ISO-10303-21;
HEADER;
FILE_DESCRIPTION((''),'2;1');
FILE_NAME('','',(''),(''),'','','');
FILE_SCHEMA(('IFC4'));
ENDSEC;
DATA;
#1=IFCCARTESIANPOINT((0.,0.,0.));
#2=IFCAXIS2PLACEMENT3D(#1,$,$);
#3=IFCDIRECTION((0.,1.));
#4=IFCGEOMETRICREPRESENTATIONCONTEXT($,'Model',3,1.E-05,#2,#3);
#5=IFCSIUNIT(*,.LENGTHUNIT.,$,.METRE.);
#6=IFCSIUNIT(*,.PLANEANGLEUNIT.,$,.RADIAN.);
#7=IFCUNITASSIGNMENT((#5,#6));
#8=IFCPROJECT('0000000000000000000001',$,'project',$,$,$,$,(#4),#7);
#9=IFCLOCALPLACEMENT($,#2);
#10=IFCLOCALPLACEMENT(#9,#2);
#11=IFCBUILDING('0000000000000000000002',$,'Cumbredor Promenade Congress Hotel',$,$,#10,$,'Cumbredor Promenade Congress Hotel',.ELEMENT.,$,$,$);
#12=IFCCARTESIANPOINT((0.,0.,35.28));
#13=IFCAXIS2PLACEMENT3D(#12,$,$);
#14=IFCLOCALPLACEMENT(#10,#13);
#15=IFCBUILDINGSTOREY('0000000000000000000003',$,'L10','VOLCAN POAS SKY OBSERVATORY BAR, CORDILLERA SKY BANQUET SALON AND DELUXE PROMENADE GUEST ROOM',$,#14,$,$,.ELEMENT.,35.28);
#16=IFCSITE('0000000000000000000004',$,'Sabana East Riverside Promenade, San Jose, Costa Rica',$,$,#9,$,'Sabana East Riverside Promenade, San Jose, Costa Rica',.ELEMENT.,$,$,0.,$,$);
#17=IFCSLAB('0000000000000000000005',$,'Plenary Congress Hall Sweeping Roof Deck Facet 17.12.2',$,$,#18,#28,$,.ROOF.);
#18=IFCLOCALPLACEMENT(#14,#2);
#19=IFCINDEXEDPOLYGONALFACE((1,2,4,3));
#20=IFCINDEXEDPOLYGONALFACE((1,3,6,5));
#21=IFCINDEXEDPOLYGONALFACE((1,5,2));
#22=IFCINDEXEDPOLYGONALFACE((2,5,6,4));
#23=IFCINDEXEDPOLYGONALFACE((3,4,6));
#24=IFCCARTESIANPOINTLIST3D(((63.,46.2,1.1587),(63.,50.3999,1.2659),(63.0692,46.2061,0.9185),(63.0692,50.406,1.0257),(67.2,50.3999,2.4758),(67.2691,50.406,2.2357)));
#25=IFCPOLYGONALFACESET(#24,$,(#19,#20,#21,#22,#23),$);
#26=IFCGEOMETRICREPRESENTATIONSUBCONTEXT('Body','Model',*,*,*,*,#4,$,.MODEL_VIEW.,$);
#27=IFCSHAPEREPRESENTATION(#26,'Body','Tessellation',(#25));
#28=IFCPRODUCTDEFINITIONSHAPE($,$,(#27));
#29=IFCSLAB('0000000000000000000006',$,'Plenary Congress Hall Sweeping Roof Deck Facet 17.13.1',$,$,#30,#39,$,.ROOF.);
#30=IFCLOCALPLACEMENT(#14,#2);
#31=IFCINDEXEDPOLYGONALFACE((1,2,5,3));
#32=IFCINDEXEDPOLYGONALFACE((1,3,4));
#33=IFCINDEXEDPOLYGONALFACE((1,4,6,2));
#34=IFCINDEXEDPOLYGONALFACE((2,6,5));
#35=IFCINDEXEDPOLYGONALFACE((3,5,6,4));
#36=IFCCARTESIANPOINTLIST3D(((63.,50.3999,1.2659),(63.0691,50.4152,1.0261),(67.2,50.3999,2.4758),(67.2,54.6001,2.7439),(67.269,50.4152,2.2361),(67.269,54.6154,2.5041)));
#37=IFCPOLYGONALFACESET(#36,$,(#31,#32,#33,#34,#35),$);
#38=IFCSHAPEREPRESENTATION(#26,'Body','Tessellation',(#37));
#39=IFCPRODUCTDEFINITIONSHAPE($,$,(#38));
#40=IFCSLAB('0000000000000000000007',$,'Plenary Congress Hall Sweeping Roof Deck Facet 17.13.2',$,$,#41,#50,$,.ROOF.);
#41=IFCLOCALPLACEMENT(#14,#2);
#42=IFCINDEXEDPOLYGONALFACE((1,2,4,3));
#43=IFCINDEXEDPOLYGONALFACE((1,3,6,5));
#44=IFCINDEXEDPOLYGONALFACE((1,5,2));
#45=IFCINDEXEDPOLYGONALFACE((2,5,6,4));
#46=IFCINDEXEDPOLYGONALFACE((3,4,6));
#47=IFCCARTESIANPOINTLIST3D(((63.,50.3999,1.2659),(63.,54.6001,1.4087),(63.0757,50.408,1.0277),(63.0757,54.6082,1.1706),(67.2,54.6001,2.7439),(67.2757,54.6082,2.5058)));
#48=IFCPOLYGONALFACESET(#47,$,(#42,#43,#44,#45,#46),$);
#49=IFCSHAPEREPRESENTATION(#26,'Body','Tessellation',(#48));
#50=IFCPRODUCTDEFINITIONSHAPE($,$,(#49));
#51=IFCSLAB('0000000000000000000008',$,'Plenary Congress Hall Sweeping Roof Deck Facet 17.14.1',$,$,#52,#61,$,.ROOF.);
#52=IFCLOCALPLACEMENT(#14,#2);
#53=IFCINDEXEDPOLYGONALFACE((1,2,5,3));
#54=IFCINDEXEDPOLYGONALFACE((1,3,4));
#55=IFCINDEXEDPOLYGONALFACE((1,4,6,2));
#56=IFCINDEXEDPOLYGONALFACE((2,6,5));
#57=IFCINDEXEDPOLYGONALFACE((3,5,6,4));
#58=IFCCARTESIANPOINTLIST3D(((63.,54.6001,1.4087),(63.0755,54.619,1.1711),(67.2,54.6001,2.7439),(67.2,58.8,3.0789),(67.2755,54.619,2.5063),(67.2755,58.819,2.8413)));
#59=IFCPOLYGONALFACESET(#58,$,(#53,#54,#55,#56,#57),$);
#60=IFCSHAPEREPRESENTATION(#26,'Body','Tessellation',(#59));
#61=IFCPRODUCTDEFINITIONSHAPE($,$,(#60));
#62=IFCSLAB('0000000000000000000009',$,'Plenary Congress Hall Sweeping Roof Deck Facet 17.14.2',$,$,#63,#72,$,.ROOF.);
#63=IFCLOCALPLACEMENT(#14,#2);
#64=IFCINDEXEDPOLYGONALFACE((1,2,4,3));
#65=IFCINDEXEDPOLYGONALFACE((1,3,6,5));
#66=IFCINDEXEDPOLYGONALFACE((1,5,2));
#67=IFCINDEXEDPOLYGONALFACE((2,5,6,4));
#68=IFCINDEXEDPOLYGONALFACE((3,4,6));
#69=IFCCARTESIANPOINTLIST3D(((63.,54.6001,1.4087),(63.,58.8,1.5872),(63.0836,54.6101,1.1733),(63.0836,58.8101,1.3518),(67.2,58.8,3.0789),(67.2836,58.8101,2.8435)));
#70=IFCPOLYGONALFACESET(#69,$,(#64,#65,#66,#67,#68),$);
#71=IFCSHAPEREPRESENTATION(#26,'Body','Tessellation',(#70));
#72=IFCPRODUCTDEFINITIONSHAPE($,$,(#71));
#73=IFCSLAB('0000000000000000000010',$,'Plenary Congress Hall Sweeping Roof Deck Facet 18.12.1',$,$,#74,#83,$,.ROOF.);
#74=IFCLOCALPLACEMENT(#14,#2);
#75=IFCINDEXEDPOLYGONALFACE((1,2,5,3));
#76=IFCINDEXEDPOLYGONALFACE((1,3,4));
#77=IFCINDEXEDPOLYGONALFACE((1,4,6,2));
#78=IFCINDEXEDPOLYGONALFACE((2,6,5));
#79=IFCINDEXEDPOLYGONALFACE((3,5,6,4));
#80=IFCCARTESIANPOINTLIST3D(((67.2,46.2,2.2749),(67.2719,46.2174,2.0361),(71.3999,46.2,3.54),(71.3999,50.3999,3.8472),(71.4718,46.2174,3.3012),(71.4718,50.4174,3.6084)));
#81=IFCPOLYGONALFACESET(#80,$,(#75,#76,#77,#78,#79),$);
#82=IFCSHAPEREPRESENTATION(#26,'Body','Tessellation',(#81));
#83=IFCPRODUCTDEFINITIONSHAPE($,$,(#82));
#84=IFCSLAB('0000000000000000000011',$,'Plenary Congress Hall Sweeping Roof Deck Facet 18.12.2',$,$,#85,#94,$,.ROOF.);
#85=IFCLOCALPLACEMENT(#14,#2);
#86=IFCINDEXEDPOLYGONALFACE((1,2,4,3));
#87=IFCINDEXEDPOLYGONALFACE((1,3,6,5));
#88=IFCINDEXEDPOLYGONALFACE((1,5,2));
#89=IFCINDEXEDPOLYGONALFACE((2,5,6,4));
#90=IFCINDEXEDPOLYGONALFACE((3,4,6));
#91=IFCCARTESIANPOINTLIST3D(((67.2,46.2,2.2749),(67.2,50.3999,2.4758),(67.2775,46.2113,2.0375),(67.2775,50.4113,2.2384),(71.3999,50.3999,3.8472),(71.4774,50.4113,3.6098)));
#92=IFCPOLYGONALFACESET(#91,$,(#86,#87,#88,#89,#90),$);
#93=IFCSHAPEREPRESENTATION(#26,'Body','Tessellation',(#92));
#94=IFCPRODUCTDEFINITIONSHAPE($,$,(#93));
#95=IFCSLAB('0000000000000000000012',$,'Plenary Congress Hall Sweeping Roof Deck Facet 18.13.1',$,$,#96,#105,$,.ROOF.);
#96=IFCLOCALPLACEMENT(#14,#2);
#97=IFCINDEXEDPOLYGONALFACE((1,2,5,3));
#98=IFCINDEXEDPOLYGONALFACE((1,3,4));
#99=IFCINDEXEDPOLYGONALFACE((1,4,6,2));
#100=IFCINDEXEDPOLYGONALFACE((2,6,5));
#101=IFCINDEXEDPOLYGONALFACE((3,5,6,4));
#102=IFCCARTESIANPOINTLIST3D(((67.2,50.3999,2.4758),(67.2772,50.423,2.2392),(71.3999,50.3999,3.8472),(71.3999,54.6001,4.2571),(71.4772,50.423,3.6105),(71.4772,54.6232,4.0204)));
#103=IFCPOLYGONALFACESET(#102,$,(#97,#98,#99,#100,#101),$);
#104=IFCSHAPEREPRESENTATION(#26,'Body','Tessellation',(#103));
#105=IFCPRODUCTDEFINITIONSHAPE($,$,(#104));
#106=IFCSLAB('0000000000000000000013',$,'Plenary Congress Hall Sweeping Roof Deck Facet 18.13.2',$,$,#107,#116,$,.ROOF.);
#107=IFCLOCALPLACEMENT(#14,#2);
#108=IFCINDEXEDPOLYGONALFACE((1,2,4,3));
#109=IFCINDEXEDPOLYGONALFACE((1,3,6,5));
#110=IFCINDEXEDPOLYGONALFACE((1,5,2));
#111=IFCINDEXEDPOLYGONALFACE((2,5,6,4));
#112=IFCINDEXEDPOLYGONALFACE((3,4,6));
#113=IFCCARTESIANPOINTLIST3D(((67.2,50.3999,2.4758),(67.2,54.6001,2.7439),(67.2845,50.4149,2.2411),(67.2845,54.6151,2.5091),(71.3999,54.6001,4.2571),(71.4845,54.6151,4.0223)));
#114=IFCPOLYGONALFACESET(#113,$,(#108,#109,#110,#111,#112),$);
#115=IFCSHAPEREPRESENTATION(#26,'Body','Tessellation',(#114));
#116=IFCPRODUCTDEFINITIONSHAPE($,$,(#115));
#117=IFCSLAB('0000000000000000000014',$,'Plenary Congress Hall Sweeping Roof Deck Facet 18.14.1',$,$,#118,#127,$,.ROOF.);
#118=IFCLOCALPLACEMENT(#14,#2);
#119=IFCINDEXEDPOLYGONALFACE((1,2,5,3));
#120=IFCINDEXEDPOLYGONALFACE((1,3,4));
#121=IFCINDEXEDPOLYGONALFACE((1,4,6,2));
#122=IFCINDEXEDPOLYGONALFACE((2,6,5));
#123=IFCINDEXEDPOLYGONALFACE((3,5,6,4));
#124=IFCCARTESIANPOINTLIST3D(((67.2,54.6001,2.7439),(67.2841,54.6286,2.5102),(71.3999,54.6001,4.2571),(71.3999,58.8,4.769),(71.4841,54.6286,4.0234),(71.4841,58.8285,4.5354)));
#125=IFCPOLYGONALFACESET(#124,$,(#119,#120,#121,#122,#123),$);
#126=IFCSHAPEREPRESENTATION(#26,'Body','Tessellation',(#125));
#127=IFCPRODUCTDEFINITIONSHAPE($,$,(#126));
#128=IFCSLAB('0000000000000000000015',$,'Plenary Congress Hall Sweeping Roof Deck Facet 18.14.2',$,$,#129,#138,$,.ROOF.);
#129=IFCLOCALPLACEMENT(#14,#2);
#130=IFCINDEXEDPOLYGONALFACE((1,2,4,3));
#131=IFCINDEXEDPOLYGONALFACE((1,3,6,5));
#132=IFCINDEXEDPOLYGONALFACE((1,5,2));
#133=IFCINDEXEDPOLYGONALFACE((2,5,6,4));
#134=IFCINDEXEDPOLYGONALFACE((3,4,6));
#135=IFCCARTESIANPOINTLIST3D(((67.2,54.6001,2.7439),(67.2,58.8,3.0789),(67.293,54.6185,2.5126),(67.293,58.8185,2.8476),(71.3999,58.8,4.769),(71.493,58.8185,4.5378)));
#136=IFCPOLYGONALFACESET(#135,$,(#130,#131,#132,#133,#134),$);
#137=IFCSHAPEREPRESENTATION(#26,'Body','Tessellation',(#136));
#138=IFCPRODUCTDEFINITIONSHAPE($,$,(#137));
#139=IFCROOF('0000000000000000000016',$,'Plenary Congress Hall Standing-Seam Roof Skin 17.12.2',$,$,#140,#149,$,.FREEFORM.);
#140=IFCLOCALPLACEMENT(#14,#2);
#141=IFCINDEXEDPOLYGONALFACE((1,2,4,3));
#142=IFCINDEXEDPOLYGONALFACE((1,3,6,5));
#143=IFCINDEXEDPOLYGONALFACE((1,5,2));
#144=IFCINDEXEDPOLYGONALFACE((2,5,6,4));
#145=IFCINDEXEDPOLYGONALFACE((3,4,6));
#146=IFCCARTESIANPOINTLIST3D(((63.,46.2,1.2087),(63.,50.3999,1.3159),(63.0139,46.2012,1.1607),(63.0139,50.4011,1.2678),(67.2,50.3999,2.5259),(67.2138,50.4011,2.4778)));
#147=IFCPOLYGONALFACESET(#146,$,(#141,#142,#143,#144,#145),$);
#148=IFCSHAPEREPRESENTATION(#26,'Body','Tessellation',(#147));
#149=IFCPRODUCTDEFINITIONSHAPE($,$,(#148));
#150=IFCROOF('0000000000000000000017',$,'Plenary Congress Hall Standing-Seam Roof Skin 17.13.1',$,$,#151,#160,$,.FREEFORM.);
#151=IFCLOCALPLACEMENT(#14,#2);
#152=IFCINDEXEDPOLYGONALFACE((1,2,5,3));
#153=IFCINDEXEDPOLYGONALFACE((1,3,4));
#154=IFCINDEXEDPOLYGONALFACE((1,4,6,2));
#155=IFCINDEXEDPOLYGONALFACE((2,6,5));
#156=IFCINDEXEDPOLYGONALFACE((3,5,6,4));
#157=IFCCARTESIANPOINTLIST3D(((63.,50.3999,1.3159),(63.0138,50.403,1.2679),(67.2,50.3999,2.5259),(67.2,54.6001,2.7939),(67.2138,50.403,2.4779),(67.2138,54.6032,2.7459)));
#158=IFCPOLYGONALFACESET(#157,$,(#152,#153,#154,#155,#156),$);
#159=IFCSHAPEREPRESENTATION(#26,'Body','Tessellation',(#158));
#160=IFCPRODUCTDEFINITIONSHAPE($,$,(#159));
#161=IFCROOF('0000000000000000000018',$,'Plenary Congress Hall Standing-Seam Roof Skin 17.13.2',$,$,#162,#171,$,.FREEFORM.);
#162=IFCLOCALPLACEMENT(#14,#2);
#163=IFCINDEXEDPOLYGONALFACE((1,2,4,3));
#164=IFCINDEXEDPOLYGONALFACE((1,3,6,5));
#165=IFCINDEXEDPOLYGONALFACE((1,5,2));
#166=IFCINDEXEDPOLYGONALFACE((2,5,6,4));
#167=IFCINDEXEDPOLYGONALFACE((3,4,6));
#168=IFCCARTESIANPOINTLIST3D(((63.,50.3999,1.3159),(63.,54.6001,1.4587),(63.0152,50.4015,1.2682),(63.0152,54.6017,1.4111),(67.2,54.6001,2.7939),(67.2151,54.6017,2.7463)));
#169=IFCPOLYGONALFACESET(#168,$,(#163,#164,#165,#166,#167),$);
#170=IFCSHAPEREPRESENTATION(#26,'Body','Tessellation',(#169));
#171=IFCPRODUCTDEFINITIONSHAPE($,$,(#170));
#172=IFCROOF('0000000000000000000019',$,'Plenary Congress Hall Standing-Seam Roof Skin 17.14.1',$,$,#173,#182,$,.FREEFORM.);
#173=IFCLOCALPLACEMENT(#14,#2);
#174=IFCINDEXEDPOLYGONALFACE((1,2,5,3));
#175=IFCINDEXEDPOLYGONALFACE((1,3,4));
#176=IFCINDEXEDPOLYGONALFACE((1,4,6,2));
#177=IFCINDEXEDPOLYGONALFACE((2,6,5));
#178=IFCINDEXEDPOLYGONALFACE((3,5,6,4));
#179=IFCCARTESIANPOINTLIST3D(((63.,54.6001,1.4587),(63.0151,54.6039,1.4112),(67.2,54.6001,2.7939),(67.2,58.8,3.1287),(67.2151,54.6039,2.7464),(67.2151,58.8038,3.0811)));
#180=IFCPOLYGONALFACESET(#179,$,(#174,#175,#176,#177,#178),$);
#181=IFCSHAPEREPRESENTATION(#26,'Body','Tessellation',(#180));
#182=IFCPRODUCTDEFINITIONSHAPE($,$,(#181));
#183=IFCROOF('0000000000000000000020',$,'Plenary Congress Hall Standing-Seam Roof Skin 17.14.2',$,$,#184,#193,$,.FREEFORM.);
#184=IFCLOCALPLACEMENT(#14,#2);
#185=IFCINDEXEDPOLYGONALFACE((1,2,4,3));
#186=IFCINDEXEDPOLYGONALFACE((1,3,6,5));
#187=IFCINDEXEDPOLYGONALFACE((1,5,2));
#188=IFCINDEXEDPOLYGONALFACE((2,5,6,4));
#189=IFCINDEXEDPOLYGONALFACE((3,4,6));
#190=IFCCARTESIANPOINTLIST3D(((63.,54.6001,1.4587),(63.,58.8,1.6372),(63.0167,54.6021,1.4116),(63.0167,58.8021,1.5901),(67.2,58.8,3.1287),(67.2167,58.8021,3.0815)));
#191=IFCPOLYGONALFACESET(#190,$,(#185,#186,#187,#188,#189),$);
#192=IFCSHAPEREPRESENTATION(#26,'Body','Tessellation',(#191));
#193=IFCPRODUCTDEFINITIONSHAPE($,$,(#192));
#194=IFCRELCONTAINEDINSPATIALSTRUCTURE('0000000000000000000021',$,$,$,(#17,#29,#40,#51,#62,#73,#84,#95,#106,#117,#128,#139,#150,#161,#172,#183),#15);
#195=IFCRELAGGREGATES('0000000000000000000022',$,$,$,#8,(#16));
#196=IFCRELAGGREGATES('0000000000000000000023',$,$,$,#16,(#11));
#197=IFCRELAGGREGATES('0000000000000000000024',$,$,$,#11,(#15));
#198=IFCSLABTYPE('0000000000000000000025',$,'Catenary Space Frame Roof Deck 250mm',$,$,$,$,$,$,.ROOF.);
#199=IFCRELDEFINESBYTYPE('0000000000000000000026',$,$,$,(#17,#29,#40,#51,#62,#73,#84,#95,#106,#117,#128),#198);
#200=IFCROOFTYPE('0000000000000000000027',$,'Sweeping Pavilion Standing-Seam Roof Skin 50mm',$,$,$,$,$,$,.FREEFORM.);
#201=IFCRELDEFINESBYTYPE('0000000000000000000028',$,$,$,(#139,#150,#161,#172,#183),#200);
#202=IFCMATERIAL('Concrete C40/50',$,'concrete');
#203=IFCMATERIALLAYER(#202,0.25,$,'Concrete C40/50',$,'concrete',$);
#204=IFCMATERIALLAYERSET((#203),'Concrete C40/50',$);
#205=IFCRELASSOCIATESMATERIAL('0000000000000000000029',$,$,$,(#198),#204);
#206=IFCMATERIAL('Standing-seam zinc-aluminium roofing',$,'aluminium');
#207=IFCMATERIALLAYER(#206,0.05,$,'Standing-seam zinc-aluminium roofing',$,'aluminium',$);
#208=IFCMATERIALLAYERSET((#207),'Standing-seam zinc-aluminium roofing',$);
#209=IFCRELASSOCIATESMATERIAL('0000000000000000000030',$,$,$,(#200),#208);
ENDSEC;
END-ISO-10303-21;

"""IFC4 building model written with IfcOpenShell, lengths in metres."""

from ifc_helpers import new_model, si_unit, direction, frame, origin, place, context, subcontext, project, spatial, polyline, outline, extrude, material, layer, layer_set, type_object, element, save


model = new_model("IFC4")

# Units and contexts
model_context = context("Model", 3, precision=1e-05, world=origin(), true_north=direction((0.0, 1.0)))
body_context = subcontext(model_context, "Body", "Model", "MODEL_VIEW")
ifc_project = project(units=[si_unit("LENGTHUNIT", "METRE"), si_unit("PLANEANGLEUNIT", "RADIAN")], contexts=[model_context])

# Site, building, storey
site_placement = place(None, origin())
site = spatial("IfcSite", under=ifc_project, at=site_placement, Name="Sabana East Riverside Promenade, San Jose, Costa Rica", LongName="Sabana East Riverside Promenade, San Jose, Costa Rica", CompositionType="ELEMENT", RefElevation=0.0)
building_placement = place(site_placement, origin())
building = spatial("IfcBuilding", under=site, at=building_placement, Name="Cumbredor Promenade Congress Hotel", LongName="Cumbredor Promenade Congress Hotel", CompositionType="ELEMENT")
storey_placement = place(building_placement, frame((0.0, 0.0, 35.28)))
storey = spatial("IfcBuildingStorey", under=building, at=storey_placement, Name="L10", Description="VOLCAN POAS SKY OBSERVATORY BAR, CORDILLERA SKY BANQUET SALON AND DELUXE PROMENADE GUEST ROOM", CompositionType="ELEMENT", Elevation=35.28)

# Slabs
ifc_material_1 = material(Name="Concrete C40/50", Category="concrete")
ifc_layer_1 = layer(ifc_material_1, 0.25, Name="Concrete C40/50", Category="concrete")
ifc_layer_set_1 = layer_set([ifc_layer_1], Name="Concrete C40/50")
slab_type = type_object("IfcSlabType", Name="Catenary Space Frame Roof Deck 250mm", PredefinedType="ROOF", material=ifc_layer_set_1)
slab_1_placement = place(storey_placement, frame((63.0, 46.2, 1.1587), z_axis=(-0.276747, -0.024514, 0.96063), x_axis=(0.690337, 0.690337, 0.216495)))
element("IfcSlab", 1, at=slab_1_placement, inside=storey, type_object=slab_type, Name="Plenary Congress Hall Sweeping Roof Deck Facet 17.12.2", PredefinedType="ROOF", context=body_context, shape_type="SweptSolid", body=[
    extrude(outline(polyline([(0.0, 0.0), (6.0839, 0.0), (2.9226, 3.0182), (0.0, 0.0)])), origin(), (0.0, 0.0, -1.0), 0.25),
])
slab_2_placement = place(storey_placement, frame((63.0, 50.3999, 1.2659), z_axis=(-0.276311, -0.061213, 0.959117), x_axis=(0.960919, 0.0, 0.27683)))
element("IfcSlab", 2, at=slab_2_placement, inside=storey, type_object=slab_type, Name="Plenary Congress Hall Sweeping Roof Deck Facet 17.13.1", PredefinedType="ROOF", context=body_context, shape_type="SweptSolid", body=[
    extrude(outline(polyline([(0.0, 0.0), (4.3708, 0.0), (4.445, 4.2081), (0.0, 0.0)])), origin(), (0.0, 0.0, -1.0), 0.25),
])
slab_3_placement = place(storey_placement, frame((63.0, 50.3999, 1.2659), z_axis=(-0.302809, -0.032389, 0.952501), x_axis=(0.686162, 0.686202, 0.241471)))
element("IfcSlab", 3, at=slab_3_placement, inside=storey, type_object=slab_type, Name="Plenary Congress Hall Sweeping Roof Deck Facet 17.13.2", PredefinedType="ROOF", context=body_context, shape_type="SweptSolid", body=[
    extrude(outline(polyline([(0.0, 0.0), (6.1209, 0.0), (2.9167, 3.0257), (0.0, 0.0)])), origin(), (0.0, 0.0, -1.0), 0.25),
])
slab_4_placement = place(storey_placement, frame((63.0, 54.6001, 1.4087), z_axis=(-0.302097, -0.075787, 0.95026), x_axis=(0.953001, 0.0, 0.302968)))
element("IfcSlab", 4, at=slab_4_placement, inside=storey, type_object=slab_type, Name="Plenary Congress Hall Sweeping Roof Deck Facet 17.14.1", PredefinedType="ROOF", context=body_context, shape_type="SweptSolid", body=[
    extrude(outline(polyline([(0.0, 0.0), (4.4071, 0.0), (4.5086, 4.2121), (0.0, 0.0)])), origin(), (0.0, 0.0, -1.0), 0.25),
])
slab_5_placement = place(storey_placement, frame((63.0, 54.6001, 1.4087), z_axis=(-0.33442, -0.04001, 0.941575), x_axis=(0.680708, 0.680708, 0.270692)))
element("IfcSlab", 5, at=slab_5_placement, inside=storey, type_object=slab_type, Name="Plenary Congress Hall Sweeping Roof Deck Facet 17.14.2", PredefinedType="ROOF", context=body_context, shape_type="SweptSolid", body=[
    extrude(outline(polyline([(0.0, 0.0), (6.17, 0.0), (2.9072, 3.0363), (0.0, 0.0)])), origin(), (0.0, 0.0, -1.0), 0.25),
])
slab_6_placement = place(storey_placement, frame((67.2, 46.2, 2.2749), z_axis=(-0.287721, -0.069848, 0.955164), x_axis=(0.957502, 0.0, 0.288425)))
element("IfcSlab", 6, at=slab_6_placement, inside=storey, type_object=slab_type, Name="Plenary Congress Hall Sweeping Roof Deck Facet 18.12.1", PredefinedType="ROOF", context=body_context, shape_type="SweptSolid", body=[
    extrude(outline(polyline([(0.0, 0.0), (4.3864, 0.0), (4.4749, 4.2102), (0.0, 0.0)])), origin(), (0.0, 0.0, -1.0), 0.25),
])
slab_7_placement = place(storey_placement, frame((67.2, 46.2, 2.2749), z_axis=(-0.310066, -0.045431, 0.949629), x_axis=(0.683564, 0.683564, 0.255894)))
element("IfcSlab", 7, at=slab_7_placement, inside=storey, type_object=slab_type, Name="Plenary Congress Hall Sweeping Roof Deck Facet 18.12.2", PredefinedType="ROOF", context=body_context, shape_type="SweptSolid", body=[
    extrude(outline(polyline([(0.0, 0.0), (6.1442, 0.0), (2.9223, 3.0232), (0.0, 0.0)])), origin(), (0.0, 0.0, -1.0), 0.25),
])
slab_8_placement = place(storey_placement, frame((67.2, 50.3999, 2.4758), z_axis=(-0.309059, -0.092377, 0.946546), x_axis=(0.95061, 0.0, 0.310386)))
element("IfcSlab", 8, at=slab_8_placement, inside=storey, type_object=slab_type, Name="Plenary Congress Hall Sweeping Roof Deck Facet 18.13.1", PredefinedType="ROOF", context=body_context, shape_type="SweptSolid", body=[
    extrude(outline(polyline([(0.0, 0.0), (4.4182, 0.0), (4.5454, 4.2182), (0.0, 0.0)])), origin(), (0.0, 0.0, -1.0), 0.25),
])
slab_9_placement = place(storey_placement, frame((67.2, 50.3999, 2.4758), z_axis=(-0.338348, -0.059936, 0.93911), x_axis=(0.677287, 0.677327, 0.287246)))
element("IfcSlab", 9, at=slab_9_placement, inside=storey, type_object=slab_type, Name="Plenary Congress Hall Sweeping Roof Deck Facet 18.13.2", PredefinedType="ROOF", context=body_context, shape_type="SweptSolid", body=[
    extrude(outline(polyline([(0.0, 0.0), (6.2011, 0.0), (2.9219, 3.0292), (0.0, 0.0)])), origin(), (0.0, 0.0, -1.0), 0.25),
])
slab_10_placement = place(storey_placement, frame((67.2, 54.6001, 2.7439), z_axis=(-0.33675, -0.113934, 0.934675), x_axis=(0.940802, 0.0, 0.338958)))
element("IfcSlab", 10, at=slab_10_placement, inside=storey, type_object=slab_type, Name="Plenary Congress Hall Sweeping Roof Deck Facet 18.14.1", PredefinedType="ROOF", context=body_context, shape_type="SweptSolid", body=[
    extrude(outline(polyline([(0.0, 0.0), (4.4642, 0.0), (4.6378, 4.2275), (0.0, 0.0)])), origin(), (0.0, 0.0, -1.0), 0.25),
])
slab_11_placement = place(storey_placement, frame((67.2, 54.6001, 2.7439), z_axis=(-0.372315, -0.073785, 0.925169), x_axis=(0.669274, 0.669274, 0.322713)))
element("IfcSlab", 11, at=slab_11_placement, inside=storey, type_object=slab_type, Name="Plenary Congress Hall Sweeping Roof Deck Facet 18.14.2", PredefinedType="ROOF", context=body_context, shape_type="SweptSolid", body=[
    extrude(outline(polyline([(0.0, 0.0), (6.2754, 0.0), (2.919, 3.0383), (0.0, 0.0)])), origin(), (0.0, 0.0, -1.0), 0.25),
])

# Roofs
ifc_material_2 = material(Name="Standing-seam zinc-aluminium roofing", Category="aluminium")
ifc_layer_2 = layer(ifc_material_2, 0.05, Name="Standing-seam zinc-aluminium roofing", Category="aluminium")
ifc_layer_set_2 = layer_set([ifc_layer_2], Name="Standing-seam zinc-aluminium roofing")
roof_type = type_object("IfcRoofType", Name="Sweeping Pavilion Standing-Seam Roof Skin 50mm", PredefinedType="FREEFORM", material=ifc_layer_set_2)
roof_1_placement = place(storey_placement, frame((63.0, 46.2, 1.2087), z_axis=(-0.276747, -0.024514, 0.96063), x_axis=(0.690337, 0.690337, 0.216495)))
element("IfcRoof", 12, at=roof_1_placement, inside=storey, type_object=roof_type, Name="Plenary Congress Hall Standing-Seam Roof Skin 17.12.2", PredefinedType="FREEFORM", context=body_context, shape_type="SweptSolid", body=[
    extrude(outline(polyline([(0.0, 0.0), (6.0839, 0.0), (2.9226, 3.0182), (0.0, 0.0)])), origin(), (0.0, 0.0, -1.0), 0.05),
])
roof_2_placement = place(storey_placement, frame((63.0, 50.3999, 1.3159), z_axis=(-0.276311, -0.061213, 0.959117), x_axis=(0.960919, 0.0, 0.27683)))
element("IfcRoof", 13, at=roof_2_placement, inside=storey, type_object=roof_type, Name="Plenary Congress Hall Standing-Seam Roof Skin 17.13.1", PredefinedType="FREEFORM", context=body_context, shape_type="SweptSolid", body=[
    extrude(outline(polyline([(0.0, 0.0), (4.3708, 0.0), (4.445, 4.2081), (0.0, 0.0)])), origin(), (0.0, 0.0, -1.0), 0.05),
])
roof_3_placement = place(storey_placement, frame((63.0, 50.3999, 1.3159), z_axis=(-0.302809, -0.032389, 0.952501), x_axis=(0.686162, 0.686202, 0.241471)))
element("IfcRoof", 14, at=roof_3_placement, inside=storey, type_object=roof_type, Name="Plenary Congress Hall Standing-Seam Roof Skin 17.13.2", PredefinedType="FREEFORM", context=body_context, shape_type="SweptSolid", body=[
    extrude(outline(polyline([(0.0, 0.0), (6.1209, 0.0), (2.9167, 3.0257), (0.0, 0.0)])), origin(), (0.0, 0.0, -1.0), 0.05),
])
roof_4_placement = place(storey_placement, frame((63.0, 54.6001, 1.4587), z_axis=(-0.302098, -0.075732, 0.950264), x_axis=(0.953001, 0.0, 0.302968)))
element("IfcRoof", 15, at=roof_4_placement, inside=storey, type_object=roof_type, Name="Plenary Congress Hall Standing-Seam Roof Skin 17.14.1", PredefinedType="FREEFORM", context=body_context, shape_type="SweptSolid", body=[
    extrude(outline(polyline([(0.0, 0.0), (4.4071, 0.0), (4.5085, 4.212), (0.0, 0.0)])), origin(), (0.0, 0.0, -1.0), 0.05),
])
roof_5_placement = place(storey_placement, frame((63.0, 54.6001, 1.4587), z_axis=(-0.334371, -0.040011, 0.941592), x_axis=(0.680715, 0.680715, 0.270656)))
element("IfcRoof", 16, at=roof_5_placement, inside=storey, type_object=roof_type, Name="Plenary Congress Hall Standing-Seam Roof Skin 17.14.2", PredefinedType="FREEFORM", context=body_context, shape_type="SweptSolid", body=[
    extrude(outline(polyline([(0.0, 0.0), (6.1699, 0.0), (2.9073, 3.0363), (0.0, 0.0)])), origin(), (0.0, 0.0, -1.0), 0.05),
])

save(model, "model.ifc")
